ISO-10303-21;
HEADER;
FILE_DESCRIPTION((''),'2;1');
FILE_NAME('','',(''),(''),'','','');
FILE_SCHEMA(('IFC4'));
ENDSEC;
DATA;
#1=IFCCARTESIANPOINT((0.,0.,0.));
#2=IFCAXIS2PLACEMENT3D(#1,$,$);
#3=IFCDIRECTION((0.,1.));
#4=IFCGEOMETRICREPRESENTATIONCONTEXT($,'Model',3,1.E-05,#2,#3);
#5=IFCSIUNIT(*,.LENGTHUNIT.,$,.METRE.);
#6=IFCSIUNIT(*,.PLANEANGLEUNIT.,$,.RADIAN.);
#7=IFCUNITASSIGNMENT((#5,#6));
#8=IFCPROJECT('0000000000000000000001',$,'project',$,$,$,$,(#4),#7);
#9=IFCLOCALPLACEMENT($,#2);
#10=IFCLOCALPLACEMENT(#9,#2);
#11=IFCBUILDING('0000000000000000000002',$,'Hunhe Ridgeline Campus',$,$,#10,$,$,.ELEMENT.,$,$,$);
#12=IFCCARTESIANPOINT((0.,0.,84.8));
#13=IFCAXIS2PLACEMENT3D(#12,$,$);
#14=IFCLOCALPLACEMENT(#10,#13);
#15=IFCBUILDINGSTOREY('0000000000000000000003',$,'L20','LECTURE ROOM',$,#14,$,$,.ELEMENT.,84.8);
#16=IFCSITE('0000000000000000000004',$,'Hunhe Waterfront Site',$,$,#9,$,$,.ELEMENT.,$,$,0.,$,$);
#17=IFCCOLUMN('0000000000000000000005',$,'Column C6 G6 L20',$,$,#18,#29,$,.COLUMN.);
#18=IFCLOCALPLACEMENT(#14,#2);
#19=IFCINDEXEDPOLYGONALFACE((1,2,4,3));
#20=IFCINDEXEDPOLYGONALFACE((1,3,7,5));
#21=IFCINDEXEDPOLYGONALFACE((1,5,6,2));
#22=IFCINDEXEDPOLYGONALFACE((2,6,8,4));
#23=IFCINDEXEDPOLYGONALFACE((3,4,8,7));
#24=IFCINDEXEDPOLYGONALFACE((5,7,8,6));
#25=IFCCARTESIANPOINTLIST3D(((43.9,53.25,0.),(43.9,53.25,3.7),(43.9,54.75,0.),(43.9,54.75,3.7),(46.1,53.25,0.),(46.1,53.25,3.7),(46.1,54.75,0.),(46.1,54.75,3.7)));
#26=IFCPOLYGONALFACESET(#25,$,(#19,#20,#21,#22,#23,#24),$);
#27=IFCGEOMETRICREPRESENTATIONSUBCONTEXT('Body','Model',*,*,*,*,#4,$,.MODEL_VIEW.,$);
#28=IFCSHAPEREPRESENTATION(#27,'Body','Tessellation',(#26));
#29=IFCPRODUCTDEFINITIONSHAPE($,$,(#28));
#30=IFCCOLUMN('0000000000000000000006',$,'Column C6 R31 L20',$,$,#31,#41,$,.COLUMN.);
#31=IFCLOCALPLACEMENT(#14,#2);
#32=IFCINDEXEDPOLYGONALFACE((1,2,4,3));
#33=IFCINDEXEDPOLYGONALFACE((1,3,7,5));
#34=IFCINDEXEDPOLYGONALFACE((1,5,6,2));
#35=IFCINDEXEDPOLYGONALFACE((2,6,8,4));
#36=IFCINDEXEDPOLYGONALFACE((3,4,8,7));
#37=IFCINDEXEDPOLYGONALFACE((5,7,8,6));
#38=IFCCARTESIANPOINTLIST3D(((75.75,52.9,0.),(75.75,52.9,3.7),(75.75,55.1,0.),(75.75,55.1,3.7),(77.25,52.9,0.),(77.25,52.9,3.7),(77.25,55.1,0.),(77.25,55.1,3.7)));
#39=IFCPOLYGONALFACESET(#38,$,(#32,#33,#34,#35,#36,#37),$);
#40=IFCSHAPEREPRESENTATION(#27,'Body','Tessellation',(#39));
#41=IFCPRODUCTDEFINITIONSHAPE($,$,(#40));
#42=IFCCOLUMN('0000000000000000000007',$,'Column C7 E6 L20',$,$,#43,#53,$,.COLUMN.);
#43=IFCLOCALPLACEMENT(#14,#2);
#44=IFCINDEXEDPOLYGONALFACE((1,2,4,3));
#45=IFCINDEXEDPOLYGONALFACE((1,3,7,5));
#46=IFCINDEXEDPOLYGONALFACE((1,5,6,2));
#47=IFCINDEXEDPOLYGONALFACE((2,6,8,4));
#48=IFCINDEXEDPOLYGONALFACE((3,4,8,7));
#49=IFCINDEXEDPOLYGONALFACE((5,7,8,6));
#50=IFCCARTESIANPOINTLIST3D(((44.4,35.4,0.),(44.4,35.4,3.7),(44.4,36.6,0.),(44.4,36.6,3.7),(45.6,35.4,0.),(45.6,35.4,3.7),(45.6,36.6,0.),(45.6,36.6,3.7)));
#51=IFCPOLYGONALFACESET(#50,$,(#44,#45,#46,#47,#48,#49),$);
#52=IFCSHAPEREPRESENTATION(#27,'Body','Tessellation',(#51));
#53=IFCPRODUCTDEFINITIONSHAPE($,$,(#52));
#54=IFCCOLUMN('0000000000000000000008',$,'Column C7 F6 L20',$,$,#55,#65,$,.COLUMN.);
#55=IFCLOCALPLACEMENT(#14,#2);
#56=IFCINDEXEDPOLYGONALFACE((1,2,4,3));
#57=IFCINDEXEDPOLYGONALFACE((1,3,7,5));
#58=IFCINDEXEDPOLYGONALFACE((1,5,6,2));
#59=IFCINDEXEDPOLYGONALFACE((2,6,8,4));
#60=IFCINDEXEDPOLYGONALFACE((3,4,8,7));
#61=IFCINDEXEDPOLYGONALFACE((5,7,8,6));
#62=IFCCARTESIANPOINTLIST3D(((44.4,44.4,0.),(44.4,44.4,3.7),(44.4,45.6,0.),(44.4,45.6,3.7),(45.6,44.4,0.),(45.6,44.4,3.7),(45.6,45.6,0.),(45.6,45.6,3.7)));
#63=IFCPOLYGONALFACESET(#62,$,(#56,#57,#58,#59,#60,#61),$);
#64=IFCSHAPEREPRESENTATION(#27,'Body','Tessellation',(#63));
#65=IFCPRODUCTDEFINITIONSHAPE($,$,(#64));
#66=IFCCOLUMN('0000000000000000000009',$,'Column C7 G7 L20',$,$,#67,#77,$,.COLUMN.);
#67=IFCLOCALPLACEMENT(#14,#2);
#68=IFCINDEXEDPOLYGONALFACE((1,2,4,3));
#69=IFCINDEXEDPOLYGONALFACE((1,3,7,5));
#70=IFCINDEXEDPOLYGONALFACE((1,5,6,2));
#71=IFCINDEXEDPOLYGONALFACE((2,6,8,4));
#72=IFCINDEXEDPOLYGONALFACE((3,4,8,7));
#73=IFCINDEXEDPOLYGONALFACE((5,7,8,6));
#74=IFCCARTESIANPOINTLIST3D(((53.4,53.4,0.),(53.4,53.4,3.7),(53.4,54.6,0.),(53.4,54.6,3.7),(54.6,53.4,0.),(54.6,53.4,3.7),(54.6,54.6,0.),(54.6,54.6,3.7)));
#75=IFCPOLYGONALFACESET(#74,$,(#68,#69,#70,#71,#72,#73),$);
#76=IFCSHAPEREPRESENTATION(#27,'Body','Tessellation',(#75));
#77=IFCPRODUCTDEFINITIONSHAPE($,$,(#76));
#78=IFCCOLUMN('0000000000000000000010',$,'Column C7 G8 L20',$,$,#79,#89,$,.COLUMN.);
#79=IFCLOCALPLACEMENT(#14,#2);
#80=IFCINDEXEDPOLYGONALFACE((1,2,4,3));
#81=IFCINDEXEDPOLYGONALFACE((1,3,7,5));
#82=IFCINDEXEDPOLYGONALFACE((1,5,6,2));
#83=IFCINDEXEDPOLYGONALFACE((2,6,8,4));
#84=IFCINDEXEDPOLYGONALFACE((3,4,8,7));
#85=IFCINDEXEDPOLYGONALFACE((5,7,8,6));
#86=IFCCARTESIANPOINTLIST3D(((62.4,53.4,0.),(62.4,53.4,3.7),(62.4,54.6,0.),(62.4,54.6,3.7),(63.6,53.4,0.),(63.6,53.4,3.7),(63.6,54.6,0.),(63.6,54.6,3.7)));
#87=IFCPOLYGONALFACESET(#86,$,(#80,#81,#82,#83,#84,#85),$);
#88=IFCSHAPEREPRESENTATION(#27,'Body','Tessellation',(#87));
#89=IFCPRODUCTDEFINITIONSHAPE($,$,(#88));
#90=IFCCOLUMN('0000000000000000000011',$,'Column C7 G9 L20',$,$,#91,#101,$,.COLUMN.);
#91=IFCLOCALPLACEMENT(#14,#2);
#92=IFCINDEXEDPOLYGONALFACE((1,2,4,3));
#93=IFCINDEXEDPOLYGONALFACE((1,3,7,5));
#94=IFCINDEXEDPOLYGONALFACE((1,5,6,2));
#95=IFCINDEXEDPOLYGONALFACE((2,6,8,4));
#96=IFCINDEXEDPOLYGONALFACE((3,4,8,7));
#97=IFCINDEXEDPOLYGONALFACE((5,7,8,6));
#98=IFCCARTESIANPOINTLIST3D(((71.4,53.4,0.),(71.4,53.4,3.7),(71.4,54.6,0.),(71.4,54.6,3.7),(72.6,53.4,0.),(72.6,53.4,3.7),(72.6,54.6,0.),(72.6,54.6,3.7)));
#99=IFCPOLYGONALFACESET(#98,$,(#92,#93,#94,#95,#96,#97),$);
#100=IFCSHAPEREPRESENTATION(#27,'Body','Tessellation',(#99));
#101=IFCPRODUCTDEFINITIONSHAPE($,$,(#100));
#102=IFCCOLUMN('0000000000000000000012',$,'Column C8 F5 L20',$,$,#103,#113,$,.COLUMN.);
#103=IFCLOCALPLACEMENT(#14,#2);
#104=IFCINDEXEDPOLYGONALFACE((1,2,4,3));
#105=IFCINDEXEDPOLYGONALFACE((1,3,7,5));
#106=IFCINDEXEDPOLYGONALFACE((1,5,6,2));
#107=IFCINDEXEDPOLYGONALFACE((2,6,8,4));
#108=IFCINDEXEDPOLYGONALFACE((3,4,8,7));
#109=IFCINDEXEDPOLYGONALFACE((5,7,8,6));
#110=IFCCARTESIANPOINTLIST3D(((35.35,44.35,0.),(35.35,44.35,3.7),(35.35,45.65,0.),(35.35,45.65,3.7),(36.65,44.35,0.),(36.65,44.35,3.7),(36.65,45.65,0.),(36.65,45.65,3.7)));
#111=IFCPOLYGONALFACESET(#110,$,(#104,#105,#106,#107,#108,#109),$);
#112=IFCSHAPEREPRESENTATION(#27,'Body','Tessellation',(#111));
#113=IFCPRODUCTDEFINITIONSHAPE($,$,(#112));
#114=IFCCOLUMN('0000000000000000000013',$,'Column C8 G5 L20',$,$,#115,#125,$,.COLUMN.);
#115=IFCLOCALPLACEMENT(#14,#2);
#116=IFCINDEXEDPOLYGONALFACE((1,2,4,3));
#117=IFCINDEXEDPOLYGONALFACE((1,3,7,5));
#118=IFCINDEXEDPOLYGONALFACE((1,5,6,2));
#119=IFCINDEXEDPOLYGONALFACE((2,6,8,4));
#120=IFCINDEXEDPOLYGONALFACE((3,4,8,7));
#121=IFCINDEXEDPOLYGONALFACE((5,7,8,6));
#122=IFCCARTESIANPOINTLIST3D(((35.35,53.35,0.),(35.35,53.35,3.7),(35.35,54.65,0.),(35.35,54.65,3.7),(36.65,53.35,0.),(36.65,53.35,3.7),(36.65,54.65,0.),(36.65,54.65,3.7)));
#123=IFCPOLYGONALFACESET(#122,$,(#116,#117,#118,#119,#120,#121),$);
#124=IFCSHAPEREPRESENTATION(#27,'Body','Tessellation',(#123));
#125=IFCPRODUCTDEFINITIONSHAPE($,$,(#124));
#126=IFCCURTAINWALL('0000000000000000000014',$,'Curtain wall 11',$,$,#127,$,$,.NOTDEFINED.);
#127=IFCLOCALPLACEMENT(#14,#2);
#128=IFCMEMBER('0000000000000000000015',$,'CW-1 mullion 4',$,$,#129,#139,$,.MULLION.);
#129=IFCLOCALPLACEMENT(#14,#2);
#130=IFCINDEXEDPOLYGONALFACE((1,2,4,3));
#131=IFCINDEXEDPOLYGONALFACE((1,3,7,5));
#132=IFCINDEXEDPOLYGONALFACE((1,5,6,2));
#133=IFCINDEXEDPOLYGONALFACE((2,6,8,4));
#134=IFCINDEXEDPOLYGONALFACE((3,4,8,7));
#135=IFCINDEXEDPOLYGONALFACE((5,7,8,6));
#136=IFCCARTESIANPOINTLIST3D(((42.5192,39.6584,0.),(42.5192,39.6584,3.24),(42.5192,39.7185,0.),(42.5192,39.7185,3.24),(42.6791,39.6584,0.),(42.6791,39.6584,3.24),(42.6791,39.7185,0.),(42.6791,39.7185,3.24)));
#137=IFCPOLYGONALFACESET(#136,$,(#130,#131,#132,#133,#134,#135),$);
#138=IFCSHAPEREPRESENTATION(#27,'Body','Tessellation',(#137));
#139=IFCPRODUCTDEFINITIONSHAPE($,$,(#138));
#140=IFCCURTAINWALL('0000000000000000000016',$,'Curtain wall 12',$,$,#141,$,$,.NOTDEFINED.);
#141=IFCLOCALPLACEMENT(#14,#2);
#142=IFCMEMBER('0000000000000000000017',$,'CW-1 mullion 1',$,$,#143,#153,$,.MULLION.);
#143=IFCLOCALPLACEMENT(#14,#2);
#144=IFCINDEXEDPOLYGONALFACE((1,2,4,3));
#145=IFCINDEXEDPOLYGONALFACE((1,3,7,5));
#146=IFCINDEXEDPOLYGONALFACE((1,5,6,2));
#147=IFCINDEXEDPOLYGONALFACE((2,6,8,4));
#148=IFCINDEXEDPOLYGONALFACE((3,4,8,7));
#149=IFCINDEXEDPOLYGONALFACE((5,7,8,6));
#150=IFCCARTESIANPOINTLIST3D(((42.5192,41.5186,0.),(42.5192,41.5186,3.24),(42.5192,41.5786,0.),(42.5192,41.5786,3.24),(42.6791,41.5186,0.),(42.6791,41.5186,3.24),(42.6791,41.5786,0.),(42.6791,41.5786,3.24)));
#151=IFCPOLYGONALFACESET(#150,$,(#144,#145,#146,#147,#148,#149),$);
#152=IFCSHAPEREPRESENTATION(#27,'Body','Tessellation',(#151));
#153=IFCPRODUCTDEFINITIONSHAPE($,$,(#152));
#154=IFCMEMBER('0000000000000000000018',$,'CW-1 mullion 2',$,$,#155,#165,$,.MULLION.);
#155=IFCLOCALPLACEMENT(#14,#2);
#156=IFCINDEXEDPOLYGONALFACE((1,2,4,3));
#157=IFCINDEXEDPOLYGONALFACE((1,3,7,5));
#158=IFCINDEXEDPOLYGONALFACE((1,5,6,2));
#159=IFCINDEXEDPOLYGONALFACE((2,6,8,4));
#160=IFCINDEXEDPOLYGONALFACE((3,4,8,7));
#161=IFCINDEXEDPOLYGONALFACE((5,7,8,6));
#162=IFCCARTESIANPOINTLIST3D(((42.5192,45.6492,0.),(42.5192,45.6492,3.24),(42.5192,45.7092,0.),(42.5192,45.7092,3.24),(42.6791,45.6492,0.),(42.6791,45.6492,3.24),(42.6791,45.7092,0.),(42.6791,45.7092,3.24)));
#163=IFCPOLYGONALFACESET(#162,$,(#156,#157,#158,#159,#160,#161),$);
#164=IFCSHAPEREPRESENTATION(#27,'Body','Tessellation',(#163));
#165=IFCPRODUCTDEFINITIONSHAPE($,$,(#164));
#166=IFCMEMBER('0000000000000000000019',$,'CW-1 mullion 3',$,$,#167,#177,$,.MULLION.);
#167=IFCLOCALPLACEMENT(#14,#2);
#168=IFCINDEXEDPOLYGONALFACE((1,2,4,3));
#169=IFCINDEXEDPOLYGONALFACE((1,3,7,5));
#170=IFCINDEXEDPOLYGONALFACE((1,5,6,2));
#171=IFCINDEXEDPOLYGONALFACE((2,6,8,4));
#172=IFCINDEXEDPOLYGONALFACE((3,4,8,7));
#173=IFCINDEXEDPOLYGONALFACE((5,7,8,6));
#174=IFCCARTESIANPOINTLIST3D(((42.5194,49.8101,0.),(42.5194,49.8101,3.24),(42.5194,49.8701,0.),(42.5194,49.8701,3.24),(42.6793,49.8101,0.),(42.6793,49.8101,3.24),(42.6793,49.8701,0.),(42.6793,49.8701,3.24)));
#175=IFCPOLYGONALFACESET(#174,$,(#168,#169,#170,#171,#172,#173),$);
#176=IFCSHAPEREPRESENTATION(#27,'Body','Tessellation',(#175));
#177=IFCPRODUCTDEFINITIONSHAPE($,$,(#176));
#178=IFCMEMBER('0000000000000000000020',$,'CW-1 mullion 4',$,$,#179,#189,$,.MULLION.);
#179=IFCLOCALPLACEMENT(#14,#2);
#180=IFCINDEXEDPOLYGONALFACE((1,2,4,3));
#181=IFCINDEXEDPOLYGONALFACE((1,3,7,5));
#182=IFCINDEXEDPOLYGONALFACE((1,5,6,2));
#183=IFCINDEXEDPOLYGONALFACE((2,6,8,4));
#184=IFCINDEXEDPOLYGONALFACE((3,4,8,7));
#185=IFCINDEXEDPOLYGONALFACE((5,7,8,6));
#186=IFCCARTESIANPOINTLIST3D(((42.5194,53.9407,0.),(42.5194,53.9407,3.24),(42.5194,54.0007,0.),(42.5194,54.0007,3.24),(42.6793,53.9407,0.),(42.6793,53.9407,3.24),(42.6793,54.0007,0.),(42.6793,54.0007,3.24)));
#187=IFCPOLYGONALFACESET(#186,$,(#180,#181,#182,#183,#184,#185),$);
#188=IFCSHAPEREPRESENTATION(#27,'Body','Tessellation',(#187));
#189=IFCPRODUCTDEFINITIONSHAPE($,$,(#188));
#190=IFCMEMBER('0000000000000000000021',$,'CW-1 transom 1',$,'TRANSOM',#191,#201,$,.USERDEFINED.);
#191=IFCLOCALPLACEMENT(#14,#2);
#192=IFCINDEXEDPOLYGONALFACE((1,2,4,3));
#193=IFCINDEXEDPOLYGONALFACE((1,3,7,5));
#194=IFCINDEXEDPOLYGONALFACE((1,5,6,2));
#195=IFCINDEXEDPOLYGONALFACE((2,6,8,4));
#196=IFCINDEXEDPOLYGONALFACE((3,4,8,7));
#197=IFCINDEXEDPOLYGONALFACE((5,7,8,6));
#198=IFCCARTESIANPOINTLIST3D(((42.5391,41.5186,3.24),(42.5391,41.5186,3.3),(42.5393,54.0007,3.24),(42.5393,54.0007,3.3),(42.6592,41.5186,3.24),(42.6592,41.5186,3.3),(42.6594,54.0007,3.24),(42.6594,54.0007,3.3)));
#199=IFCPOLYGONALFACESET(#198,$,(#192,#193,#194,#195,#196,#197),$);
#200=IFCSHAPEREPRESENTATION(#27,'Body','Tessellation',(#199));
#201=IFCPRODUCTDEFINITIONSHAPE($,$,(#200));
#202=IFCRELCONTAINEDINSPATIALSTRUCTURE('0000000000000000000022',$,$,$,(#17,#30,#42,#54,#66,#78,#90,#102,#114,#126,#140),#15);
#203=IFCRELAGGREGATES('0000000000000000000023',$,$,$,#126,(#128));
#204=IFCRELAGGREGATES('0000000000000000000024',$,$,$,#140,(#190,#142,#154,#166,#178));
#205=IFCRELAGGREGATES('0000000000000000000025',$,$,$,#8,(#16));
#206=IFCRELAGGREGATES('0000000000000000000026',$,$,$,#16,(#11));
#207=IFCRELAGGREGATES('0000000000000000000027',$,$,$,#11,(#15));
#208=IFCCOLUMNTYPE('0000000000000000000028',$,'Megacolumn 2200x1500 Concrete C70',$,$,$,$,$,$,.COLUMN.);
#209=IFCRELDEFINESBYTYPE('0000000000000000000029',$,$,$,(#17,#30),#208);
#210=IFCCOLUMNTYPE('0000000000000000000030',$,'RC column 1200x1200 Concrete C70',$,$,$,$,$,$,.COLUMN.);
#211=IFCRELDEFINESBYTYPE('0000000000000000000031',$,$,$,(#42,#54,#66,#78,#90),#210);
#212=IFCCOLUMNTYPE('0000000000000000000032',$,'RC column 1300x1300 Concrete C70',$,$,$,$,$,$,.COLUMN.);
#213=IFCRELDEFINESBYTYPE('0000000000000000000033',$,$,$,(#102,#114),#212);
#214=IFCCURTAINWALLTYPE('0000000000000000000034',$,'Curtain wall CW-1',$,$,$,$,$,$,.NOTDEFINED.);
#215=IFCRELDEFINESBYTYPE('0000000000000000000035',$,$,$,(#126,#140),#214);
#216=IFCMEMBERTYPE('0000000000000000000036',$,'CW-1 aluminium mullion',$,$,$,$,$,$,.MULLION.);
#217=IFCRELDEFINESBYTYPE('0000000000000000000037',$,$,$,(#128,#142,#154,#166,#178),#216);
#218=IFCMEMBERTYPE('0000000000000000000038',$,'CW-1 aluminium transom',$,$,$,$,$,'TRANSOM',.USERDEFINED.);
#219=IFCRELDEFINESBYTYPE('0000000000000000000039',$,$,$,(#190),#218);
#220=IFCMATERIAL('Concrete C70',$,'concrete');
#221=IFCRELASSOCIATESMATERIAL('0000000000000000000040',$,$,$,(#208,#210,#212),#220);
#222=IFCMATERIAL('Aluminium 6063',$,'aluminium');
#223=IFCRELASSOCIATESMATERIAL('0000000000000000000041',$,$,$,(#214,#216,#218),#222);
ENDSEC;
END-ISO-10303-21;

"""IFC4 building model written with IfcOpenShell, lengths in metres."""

from ifc_helpers import new_model, si_unit, direction, frame, origin, origin_2d, place, context, subcontext, project, spatial, rectangle, extrude, material, material_profile, profile_set, type_object, element, aggregate, save


model = new_model("IFC4")

# Units and contexts
model_context = context("Model", 3, precision=1e-05, world=origin(), true_north=direction((0.0, 1.0)))
body_context = subcontext(model_context, "Body", "Model", "MODEL_VIEW")
ifc_project = project(units=[si_unit("LENGTHUNIT", "METRE"), si_unit("PLANEANGLEUNIT", "RADIAN")], contexts=[model_context])

# Site, building, storey
site_placement = place(None, origin())
site = spatial("IfcSite", under=ifc_project, at=site_placement, Name="Hunhe Waterfront Site", CompositionType="ELEMENT", RefElevation=0.0)
building_placement = place(site_placement, origin())
building = spatial("IfcBuilding", under=site, at=building_placement, Name="Hunhe Ridgeline Campus", CompositionType="ELEMENT")
storey_placement = place(building_placement, frame((0.0, 0.0, 84.8)))
storey = spatial("IfcBuildingStorey", under=building, at=storey_placement, Name="L20", Description="LECTURE ROOM", CompositionType="ELEMENT", Elevation=84.8)

# Columns
ifc_material_1 = material(Name="Concrete C70", Category="concrete")
ifc_material_profile_1 = material_profile(ifc_material_1, rectangle(XDim=2.2, YDim=1.5, at=origin_2d()))
ifc_profile_set_1 = profile_set([ifc_material_profile_1], Name="Concrete C70")
column_type_1 = type_object("IfcColumnType", Name="Megacolumn 2200x1500 Concrete C70", PredefinedType="COLUMN", material=ifc_profile_set_1)
for number, where, z_axis, x_axis, name in (
    (1, (45.0, 54.0, 0.0), (0.0, 0.0, 1.0), (1.0, 0.0, 0.0), "Column C6 G6 L20"),
    (2, (76.5, 54.0, 0.0), (0.0, 0.0, 1.0), (0.0, 1.0, 0.0), "Column C6 R31 L20"),
):
    element("IfcColumn", number, at=place(storey_placement, frame(where, z_axis=z_axis, x_axis=x_axis)), inside=storey, type_object=column_type_1, Name=name, PredefinedType="COLUMN", context=body_context, shape_type="SweptSolid", body=[
        extrude(rectangle(XDim=2.2, YDim=1.5, at=origin_2d()), origin(), (0.0, 0.0, 1.0), 3.7),
    ])
ifc_material_profile_2 = material_profile(ifc_material_1, rectangle(XDim=1.2, YDim=1.2, at=origin_2d()))
ifc_profile_set_2 = profile_set([ifc_material_profile_2], Name="Concrete C70")
column_type_2 = type_object("IfcColumnType", Name="RC column 1200x1200 Concrete C70", PredefinedType="COLUMN", material=ifc_profile_set_2)
for number, where, z_axis, x_axis, name in (
    (3, (45.0, 36.0, 0.0), (0.0, 0.0, 1.0), (1.0, 0.0, 0.0), "Column C7 E6 L20"),
    (4, (45.0, 45.0, 0.0), (0.0, 0.0, 1.0), (1.0, 0.0, 0.0), "Column C7 F6 L20"),
    (5, (54.0, 54.0, 0.0), (0.0, 0.0, 1.0), (1.0, 0.0, 0.0), "Column C7 G7 L20"),
    (6, (63.0, 54.0, 0.0), (0.0, 0.0, 1.0), (1.0, 0.0, 0.0), "Column C7 G8 L20"),
    (7, (72.0, 54.0, 0.0), (0.0, 0.0, 1.0), (1.0, 0.0, 0.0), "Column C7 G9 L20"),
):
    element("IfcColumn", number, at=place(storey_placement, frame(where, z_axis=z_axis, x_axis=x_axis)), inside=storey, type_object=column_type_2, Name=name, PredefinedType="COLUMN", context=body_context, shape_type="SweptSolid", body=[
        extrude(rectangle(XDim=1.2, YDim=1.2, at=origin_2d()), origin(), (0.0, 0.0, 1.0), 3.7),
    ])
ifc_material_profile_3 = material_profile(ifc_material_1, rectangle(XDim=1.3, YDim=1.3, at=origin_2d()))
ifc_profile_set_3 = profile_set([ifc_material_profile_3], Name="Concrete C70")
column_type_3 = type_object("IfcColumnType", Name="RC column 1300x1300 Concrete C70", PredefinedType="COLUMN", material=ifc_profile_set_3)
for number, where, z_axis, x_axis, name in (
    (8, (36.0, 45.0, 0.0), (0.0, 0.0, 1.0), (1.0, 0.0, 0.0), "Column C8 F5 L20"),
    (9, (36.0, 54.0, 0.0), (0.0, 0.0, 1.0), (1.0, 0.0, 0.0), "Column C8 G5 L20"),
):
    element("IfcColumn", number, at=place(storey_placement, frame(where, z_axis=z_axis, x_axis=x_axis)), inside=storey, type_object=column_type_3, Name=name, PredefinedType="COLUMN", context=body_context, shape_type="SweptSolid", body=[
        extrude(rectangle(XDim=1.3, YDim=1.3, at=origin_2d()), origin(), (0.0, 0.0, 1.0), 3.7),
    ])

# Curtain wall, member
ifc_material_2 = material(Name="Aluminium 6063", Category="aluminium")
curtain_wall_type = type_object("IfcCurtainWallType", Name="Curtain wall CW-1", PredefinedType="NOTDEFINED", material=ifc_material_2)
curtain_wall_1_placement = place(storey_placement, origin())
curtain_wall_1 = element("IfcCurtainWall", 10, at=curtain_wall_1_placement, inside=storey, type_object=curtain_wall_type, Name="Curtain wall 11", PredefinedType="NOTDEFINED")
ifc_material_profile_4 = material_profile(ifc_material_2, rectangle(XDim=0.1599, YDim=0.0601, at=origin_2d()))
ifc_profile_set_4 = profile_set([ifc_material_profile_4], Name="Aluminium 6063")
member_type_1 = type_object("IfcMemberType", Name="CW-1 aluminium mullion", PredefinedType="MULLION", material=ifc_profile_set_4)
member_1_placement = place(storey_placement, frame((42.5991, 39.6885, 0.0), z_axis=(0.0, 0.0, 1.0), x_axis=(-1.0, 0.000011, 0.0)))
member_1 = element("IfcMember", 11, at=member_1_placement, type_object=member_type_1, Name="CW-1 mullion 4", PredefinedType="MULLION", context=body_context, shape_type="SweptSolid", body=[
    extrude(rectangle(XDim=0.1599, YDim=0.0601, at=origin_2d()), origin(), (0.0, 0.0, 1.0), 3.24),
])

# Curtain wall, members
curtain_wall_2_placement = place(storey_placement, origin())
curtain_wall_2 = element("IfcCurtainWall", 12, at=curtain_wall_2_placement, inside=storey, type_object=curtain_wall_type, Name="Curtain wall 12", PredefinedType="NOTDEFINED")
member_2_placement = place(storey_placement, frame((42.5991, 41.5486, 0.0), z_axis=(0.0, 0.0, 1.0), x_axis=(-1.0, 0.000011, 0.0)))
member_2 = element("IfcMember", 13, at=member_2_placement, type_object=member_type_1, Name="CW-1 mullion 1", PredefinedType="MULLION", context=body_context, shape_type="SweptSolid", body=[
    extrude(rectangle(XDim=0.1599, YDim=0.0601, at=origin_2d()), origin(), (0.0, 0.0, 1.0), 3.24),
])
member_3_placement = place(storey_placement, frame((42.5991, 45.6792, 0.0), z_axis=(0.0, 0.0, 1.0), x_axis=(-1.0, 0.000011, 0.0)))
member_3 = element("IfcMember", 14, at=member_3_placement, type_object=member_type_1, Name="CW-1 mullion 2", PredefinedType="MULLION", context=body_context, shape_type="SweptSolid", body=[
    extrude(rectangle(XDim=0.1599, YDim=0.0601, at=origin_2d()), origin(), (0.0, 0.0, 1.0), 3.24),
])
member_4_placement = place(storey_placement, frame((42.5994, 49.8401, 0.0), z_axis=(0.0, 0.0, 1.0), x_axis=(-1.0, 0.000011, 0.0)))
member_4 = element("IfcMember", 15, at=member_4_placement, type_object=member_type_1, Name="CW-1 mullion 3", PredefinedType="MULLION", context=body_context, shape_type="SweptSolid", body=[
    extrude(rectangle(XDim=0.1599, YDim=0.0601, at=origin_2d()), origin(), (0.0, 0.0, 1.0), 3.24),
])
member_5_placement = place(storey_placement, frame((42.5994, 53.9707, 0.0), z_axis=(0.0, 0.0, 1.0), x_axis=(-1.0, 0.000011, 0.0)))
member_5 = element("IfcMember", 16, at=member_5_placement, type_object=member_type_1, Name="CW-1 mullion 4", PredefinedType="MULLION", context=body_context, shape_type="SweptSolid", body=[
    extrude(rectangle(XDim=0.1599, YDim=0.0601, at=origin_2d()), origin(), (0.0, 0.0, 1.0), 3.24),
])
ifc_material_profile_5 = material_profile(ifc_material_2, rectangle(XDim=0.1201, YDim=0.0601, at=origin_2d()))
ifc_profile_set_5 = profile_set([ifc_material_profile_5], Name="Aluminium 6063")
member_type_2 = type_object("IfcMemberType", Name="CW-1 aluminium transom", ElementType="TRANSOM", PredefinedType="USERDEFINED", material=ifc_profile_set_5)
member_6_placement = place(storey_placement, frame((42.5991, 41.5186, 3.27), z_axis=(0.00002, 1.0, 0.0), x_axis=(-1.0, 0.00002, 0.0)))
member_6 = element("IfcMember", 17, at=member_6_placement, type_object=member_type_2, Name="CW-1 transom 1", ObjectType="TRANSOM", PredefinedType="USERDEFINED", context=body_context, shape_type="SweptSolid", body=[
    extrude(rectangle(XDim=0.1201, YDim=0.0601, at=origin_2d()), origin(), (0.0, 0.0, 1.0), 12.4822),
])

aggregate(curtain_wall_1, [member_1])
aggregate(curtain_wall_2, [member_6, member_2, member_3, member_4, member_5])

save(model, "model.ifc")
